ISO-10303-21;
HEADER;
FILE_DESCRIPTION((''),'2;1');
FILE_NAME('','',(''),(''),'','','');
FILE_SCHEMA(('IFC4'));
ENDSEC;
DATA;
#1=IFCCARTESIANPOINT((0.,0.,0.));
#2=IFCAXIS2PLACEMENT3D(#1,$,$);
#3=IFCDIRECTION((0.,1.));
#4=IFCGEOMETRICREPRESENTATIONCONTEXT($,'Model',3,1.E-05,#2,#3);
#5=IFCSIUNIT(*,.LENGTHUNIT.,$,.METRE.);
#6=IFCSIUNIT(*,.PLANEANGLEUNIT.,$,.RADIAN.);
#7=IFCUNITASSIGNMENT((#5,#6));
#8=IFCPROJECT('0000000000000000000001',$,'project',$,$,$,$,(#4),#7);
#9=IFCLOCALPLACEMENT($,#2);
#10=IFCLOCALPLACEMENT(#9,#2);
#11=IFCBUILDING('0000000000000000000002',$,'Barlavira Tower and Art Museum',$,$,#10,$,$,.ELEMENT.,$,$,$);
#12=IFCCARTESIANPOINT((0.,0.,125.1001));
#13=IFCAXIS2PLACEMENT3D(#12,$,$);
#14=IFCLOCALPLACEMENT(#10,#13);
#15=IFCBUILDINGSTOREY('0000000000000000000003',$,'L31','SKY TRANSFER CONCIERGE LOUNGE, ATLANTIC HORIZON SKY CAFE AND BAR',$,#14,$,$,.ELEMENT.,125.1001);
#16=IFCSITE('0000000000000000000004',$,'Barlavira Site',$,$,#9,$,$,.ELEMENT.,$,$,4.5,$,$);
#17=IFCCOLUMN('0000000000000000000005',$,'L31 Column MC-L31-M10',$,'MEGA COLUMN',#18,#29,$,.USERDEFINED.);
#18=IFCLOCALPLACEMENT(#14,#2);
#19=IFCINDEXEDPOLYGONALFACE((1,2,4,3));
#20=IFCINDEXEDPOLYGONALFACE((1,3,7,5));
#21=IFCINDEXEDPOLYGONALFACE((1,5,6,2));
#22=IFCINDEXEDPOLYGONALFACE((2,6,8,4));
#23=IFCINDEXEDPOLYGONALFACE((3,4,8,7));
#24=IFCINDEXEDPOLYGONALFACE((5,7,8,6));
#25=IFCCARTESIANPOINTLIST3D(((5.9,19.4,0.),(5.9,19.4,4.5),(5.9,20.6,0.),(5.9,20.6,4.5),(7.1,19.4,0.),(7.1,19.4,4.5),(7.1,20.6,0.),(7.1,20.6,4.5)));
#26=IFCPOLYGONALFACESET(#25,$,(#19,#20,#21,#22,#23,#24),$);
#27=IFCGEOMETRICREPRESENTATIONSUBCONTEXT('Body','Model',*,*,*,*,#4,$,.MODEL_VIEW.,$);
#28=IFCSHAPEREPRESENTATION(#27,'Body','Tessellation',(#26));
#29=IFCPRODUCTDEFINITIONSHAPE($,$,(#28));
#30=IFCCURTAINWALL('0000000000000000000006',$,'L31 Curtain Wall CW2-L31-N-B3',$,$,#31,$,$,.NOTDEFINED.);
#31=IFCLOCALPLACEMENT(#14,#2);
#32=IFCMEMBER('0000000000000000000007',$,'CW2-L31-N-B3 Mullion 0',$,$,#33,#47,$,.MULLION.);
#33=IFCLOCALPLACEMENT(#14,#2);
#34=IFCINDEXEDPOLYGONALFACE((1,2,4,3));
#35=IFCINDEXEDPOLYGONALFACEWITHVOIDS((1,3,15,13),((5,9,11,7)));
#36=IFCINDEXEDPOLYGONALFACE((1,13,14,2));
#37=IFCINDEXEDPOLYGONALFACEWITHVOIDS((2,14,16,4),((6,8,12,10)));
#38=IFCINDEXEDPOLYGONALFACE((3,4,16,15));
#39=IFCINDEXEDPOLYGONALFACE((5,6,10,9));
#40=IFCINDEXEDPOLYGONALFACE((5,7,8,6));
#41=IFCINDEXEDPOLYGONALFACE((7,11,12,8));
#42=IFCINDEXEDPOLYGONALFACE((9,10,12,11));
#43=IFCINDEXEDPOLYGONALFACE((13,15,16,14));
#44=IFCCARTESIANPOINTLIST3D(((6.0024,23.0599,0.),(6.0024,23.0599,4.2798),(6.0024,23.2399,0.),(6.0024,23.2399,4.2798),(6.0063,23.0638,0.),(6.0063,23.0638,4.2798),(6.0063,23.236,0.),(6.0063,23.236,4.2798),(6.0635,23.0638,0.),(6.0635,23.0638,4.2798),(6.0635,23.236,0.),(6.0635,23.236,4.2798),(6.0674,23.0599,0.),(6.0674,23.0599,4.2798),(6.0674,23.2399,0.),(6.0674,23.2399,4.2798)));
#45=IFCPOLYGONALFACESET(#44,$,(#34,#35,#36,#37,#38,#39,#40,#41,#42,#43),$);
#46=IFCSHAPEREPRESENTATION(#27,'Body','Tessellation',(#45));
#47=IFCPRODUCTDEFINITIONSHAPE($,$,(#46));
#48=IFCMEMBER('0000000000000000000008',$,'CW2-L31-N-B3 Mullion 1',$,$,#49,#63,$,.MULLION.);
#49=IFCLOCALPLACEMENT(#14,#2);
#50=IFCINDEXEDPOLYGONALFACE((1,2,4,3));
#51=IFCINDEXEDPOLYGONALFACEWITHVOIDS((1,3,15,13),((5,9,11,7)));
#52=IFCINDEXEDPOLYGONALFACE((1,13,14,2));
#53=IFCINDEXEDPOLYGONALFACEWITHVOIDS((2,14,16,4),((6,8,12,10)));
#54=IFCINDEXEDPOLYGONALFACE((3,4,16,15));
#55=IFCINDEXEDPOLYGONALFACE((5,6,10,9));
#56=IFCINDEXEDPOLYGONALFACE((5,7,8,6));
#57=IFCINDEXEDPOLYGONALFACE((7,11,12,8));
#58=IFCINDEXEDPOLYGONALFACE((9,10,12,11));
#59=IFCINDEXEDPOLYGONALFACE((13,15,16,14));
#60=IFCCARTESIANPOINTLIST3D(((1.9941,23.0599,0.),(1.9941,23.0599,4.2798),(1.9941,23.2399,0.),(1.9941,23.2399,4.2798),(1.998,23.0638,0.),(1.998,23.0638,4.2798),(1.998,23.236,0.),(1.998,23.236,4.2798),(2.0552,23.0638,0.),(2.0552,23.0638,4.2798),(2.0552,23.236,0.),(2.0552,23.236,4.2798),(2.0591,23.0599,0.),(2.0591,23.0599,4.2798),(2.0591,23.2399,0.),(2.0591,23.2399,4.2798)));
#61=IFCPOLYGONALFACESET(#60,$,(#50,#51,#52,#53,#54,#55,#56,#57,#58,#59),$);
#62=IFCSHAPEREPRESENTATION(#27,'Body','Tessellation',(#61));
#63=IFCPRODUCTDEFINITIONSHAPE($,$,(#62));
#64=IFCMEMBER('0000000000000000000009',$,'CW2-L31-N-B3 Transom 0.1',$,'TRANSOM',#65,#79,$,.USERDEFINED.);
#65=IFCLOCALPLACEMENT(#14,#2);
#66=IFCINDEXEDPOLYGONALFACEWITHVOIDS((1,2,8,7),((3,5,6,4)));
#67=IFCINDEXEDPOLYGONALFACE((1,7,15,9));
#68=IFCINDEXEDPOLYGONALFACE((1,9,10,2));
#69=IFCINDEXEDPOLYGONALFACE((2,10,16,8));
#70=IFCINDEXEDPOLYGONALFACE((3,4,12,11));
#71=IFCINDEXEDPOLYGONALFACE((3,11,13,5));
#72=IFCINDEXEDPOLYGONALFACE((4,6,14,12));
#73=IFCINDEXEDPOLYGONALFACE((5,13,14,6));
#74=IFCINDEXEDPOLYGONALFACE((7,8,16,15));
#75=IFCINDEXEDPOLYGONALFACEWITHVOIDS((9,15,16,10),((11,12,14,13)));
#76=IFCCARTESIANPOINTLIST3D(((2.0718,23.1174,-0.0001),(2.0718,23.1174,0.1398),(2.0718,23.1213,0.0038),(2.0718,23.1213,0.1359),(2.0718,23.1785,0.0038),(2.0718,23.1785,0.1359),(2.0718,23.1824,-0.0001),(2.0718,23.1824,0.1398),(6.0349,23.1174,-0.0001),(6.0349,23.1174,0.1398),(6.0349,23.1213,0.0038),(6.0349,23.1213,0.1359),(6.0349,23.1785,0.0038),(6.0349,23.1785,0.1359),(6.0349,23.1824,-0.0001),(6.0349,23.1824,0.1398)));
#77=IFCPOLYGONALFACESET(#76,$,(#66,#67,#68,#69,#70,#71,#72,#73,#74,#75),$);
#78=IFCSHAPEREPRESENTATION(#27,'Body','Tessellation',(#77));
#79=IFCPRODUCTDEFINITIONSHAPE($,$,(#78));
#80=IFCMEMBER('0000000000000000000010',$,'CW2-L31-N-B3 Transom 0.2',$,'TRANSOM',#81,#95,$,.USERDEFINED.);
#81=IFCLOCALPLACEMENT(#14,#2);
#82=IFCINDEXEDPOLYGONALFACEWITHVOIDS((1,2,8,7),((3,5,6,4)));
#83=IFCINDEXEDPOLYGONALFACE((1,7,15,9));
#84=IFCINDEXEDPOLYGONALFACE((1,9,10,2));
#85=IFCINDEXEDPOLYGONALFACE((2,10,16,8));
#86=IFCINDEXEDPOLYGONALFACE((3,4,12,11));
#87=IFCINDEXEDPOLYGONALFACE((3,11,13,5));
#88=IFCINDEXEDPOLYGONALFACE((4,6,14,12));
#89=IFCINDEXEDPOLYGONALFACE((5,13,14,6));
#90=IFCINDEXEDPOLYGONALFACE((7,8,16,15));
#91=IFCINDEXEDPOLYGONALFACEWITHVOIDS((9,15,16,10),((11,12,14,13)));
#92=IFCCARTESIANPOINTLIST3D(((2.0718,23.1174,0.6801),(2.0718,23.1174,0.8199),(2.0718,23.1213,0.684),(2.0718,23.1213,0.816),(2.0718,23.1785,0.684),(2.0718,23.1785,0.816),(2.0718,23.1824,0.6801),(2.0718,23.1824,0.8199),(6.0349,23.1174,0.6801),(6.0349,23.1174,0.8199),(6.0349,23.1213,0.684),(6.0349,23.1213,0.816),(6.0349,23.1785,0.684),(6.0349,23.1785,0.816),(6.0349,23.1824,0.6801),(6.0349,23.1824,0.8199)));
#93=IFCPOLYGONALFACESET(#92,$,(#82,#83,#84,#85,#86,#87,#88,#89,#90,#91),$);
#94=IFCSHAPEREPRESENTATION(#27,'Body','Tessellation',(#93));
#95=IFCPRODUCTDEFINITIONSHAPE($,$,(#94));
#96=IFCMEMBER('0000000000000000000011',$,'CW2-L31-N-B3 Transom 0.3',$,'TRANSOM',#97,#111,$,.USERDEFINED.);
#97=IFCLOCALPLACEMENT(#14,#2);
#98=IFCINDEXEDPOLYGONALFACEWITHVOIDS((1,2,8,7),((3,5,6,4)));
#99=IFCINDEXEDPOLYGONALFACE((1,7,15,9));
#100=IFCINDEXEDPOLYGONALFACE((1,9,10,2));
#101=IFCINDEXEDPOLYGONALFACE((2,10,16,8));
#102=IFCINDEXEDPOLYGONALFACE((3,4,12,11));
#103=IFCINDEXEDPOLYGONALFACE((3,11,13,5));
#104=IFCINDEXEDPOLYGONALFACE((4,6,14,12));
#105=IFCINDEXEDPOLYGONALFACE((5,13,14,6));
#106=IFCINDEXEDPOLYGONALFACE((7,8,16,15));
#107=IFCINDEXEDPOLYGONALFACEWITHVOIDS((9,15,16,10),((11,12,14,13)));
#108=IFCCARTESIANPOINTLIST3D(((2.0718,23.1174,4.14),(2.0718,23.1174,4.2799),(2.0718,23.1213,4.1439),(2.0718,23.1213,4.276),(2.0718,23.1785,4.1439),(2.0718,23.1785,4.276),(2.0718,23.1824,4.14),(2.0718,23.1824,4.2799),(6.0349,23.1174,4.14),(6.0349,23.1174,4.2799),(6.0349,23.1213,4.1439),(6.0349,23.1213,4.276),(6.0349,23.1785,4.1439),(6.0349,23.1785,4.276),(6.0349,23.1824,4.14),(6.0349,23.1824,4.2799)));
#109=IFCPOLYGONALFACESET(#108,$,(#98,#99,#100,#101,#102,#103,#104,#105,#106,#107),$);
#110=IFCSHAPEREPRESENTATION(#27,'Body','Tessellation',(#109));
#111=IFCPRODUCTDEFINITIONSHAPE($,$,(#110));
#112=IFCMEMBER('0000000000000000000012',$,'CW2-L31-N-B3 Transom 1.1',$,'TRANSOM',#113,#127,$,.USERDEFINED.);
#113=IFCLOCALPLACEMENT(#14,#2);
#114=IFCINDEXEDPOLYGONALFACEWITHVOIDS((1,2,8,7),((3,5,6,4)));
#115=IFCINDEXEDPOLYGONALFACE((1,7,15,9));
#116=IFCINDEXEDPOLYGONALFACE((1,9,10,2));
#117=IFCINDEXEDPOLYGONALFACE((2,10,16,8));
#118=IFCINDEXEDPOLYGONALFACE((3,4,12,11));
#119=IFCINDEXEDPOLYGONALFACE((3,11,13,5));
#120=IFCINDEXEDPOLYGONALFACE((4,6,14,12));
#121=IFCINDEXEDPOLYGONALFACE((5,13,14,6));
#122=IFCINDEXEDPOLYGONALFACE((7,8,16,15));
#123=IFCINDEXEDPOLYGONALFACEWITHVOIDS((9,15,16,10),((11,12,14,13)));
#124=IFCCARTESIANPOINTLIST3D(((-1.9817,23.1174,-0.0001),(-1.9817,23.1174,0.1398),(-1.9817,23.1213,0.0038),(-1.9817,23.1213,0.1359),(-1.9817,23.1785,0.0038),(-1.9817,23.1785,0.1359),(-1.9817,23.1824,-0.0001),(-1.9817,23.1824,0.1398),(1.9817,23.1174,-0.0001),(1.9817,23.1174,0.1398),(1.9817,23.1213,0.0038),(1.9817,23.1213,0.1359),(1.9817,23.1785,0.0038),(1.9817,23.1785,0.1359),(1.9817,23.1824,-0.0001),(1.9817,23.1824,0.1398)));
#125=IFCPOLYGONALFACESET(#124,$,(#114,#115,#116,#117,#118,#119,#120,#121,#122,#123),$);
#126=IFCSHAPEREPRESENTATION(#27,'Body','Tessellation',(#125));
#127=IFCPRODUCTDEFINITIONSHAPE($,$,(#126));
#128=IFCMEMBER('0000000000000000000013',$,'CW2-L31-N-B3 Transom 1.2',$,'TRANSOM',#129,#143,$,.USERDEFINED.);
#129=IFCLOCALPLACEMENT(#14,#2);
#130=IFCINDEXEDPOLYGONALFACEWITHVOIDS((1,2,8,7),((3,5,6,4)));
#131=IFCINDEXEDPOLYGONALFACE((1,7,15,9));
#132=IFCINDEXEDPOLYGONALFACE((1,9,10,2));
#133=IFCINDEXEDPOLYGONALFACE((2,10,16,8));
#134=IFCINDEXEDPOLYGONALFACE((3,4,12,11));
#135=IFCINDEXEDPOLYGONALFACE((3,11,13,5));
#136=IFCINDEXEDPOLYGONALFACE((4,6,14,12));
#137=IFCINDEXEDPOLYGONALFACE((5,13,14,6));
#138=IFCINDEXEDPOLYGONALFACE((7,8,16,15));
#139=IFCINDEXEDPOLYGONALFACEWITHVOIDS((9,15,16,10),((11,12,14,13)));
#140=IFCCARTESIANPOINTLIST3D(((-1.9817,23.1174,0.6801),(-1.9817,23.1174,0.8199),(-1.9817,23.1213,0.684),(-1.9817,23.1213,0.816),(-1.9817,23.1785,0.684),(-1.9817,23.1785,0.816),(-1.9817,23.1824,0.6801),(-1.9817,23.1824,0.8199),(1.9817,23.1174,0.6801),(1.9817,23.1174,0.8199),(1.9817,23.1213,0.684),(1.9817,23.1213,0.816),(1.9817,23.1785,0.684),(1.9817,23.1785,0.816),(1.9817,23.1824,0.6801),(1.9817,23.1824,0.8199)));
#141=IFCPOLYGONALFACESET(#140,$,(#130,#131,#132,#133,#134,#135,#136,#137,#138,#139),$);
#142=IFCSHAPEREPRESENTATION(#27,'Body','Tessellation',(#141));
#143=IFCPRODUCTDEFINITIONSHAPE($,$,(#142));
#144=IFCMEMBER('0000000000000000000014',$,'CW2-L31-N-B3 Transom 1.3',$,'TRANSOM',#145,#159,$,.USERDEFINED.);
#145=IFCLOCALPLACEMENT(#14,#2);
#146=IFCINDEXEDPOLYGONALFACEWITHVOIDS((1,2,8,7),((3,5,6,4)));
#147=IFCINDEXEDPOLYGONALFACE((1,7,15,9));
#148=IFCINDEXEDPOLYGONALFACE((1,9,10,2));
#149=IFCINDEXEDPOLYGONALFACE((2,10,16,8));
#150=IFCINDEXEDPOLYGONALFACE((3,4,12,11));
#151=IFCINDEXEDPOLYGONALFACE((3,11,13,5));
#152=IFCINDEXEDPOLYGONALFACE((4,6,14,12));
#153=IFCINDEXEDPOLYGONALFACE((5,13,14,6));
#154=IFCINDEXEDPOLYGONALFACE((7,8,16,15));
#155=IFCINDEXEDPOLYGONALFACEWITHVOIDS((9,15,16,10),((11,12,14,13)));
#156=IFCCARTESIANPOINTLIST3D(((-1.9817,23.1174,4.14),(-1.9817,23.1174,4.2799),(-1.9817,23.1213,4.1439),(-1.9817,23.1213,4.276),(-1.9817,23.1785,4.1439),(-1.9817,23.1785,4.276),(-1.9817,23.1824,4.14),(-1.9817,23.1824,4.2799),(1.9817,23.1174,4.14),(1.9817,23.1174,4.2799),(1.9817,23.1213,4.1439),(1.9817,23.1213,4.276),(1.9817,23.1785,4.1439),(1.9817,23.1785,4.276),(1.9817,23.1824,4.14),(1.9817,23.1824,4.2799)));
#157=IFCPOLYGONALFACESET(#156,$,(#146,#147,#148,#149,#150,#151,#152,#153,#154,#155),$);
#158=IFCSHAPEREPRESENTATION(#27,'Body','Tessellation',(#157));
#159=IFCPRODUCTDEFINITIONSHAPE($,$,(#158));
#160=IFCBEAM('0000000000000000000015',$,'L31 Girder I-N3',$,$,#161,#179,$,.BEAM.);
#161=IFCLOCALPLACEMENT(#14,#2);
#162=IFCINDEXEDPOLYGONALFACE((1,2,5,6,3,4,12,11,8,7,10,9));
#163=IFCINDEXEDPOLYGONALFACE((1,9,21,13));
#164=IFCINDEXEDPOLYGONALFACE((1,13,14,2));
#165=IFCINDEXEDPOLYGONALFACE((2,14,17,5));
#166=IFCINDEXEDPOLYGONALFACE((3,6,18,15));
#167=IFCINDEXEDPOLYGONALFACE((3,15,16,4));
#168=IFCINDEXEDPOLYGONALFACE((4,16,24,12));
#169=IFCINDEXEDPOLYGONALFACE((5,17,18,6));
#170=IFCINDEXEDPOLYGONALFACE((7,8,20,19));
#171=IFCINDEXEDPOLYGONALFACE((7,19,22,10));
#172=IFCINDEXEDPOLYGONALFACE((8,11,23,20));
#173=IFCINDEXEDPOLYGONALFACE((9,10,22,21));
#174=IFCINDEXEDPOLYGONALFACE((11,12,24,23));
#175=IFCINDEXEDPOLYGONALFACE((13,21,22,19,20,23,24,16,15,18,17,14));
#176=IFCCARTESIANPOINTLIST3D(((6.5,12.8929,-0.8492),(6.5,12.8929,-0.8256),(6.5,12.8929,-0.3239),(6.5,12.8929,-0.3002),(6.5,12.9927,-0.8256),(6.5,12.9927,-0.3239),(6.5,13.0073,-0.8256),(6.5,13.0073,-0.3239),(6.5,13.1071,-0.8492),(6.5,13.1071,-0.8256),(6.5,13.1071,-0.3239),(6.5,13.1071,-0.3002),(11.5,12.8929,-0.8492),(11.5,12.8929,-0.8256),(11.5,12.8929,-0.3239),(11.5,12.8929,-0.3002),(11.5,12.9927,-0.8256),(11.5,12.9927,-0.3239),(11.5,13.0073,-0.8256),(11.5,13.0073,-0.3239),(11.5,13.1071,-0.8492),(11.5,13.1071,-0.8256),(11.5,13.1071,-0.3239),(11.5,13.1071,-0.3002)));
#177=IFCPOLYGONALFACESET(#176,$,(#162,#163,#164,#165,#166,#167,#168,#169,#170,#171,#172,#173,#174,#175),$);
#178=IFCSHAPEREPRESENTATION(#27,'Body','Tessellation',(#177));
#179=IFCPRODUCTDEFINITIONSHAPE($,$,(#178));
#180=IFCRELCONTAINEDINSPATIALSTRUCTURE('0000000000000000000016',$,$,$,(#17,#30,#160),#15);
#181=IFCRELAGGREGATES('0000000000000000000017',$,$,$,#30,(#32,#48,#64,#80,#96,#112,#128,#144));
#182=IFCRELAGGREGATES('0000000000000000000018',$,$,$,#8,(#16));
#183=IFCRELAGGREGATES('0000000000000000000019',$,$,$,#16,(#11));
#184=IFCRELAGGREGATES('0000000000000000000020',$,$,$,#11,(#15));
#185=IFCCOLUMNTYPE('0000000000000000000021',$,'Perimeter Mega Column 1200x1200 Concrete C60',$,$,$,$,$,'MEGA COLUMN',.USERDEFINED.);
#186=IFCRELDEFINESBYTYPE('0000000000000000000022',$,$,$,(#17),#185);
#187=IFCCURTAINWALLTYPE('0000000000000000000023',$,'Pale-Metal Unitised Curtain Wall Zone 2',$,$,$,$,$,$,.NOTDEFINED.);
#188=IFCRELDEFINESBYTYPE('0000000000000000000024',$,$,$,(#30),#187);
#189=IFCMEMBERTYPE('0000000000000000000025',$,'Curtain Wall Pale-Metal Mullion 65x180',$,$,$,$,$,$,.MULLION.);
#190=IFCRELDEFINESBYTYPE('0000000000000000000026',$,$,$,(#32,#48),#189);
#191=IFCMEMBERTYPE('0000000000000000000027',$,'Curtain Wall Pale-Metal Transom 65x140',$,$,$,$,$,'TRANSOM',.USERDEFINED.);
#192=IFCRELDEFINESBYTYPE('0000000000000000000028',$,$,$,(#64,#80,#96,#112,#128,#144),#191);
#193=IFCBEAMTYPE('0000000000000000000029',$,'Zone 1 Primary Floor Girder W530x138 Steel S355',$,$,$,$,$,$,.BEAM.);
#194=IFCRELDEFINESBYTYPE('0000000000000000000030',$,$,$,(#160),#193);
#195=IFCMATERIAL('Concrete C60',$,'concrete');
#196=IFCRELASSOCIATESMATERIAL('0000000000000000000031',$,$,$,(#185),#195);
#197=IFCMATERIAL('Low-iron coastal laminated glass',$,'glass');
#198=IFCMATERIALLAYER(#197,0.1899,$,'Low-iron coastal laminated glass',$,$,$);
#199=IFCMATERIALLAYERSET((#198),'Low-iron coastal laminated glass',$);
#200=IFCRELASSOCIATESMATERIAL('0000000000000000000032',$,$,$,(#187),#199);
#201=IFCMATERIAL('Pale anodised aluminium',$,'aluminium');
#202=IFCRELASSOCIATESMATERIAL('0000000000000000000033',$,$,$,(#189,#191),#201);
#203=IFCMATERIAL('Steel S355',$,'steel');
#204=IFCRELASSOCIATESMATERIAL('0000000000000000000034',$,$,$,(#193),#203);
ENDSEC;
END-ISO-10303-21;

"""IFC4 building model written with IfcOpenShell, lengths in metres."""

from ifc_helpers import new_model, si_unit, direction, frame, origin, origin_2d, place, context, subcontext, project, spatial, rectangle, hollow_rectangle, i_section, extrude, material, layer, layer_set, material_profile, profile_set, type_object, element, aggregate, save


model = new_model("IFC4")

# Units and contexts
model_context = context("Model", 3, precision=1e-05, world=origin(), true_north=direction((0.0, 1.0)))
body_context = subcontext(model_context, "Body", "Model", "MODEL_VIEW")
ifc_project = project(units=[si_unit("LENGTHUNIT", "METRE"), si_unit("PLANEANGLEUNIT", "RADIAN")], contexts=[model_context])

# Site, building, storey
site_placement = place(None, origin())
site = spatial("IfcSite", under=ifc_project, at=site_placement, Name="Barlavira Site", CompositionType="ELEMENT", RefElevation=4.5)
building_placement = place(site_placement, origin())
building = spatial("IfcBuilding", under=site, at=building_placement, Name="Barlavira Tower and Art Museum", CompositionType="ELEMENT")
storey_placement = place(building_placement, frame((0.0, 0.0, 125.1001)))
storey = spatial("IfcBuildingStorey", under=building, at=storey_placement, Name="L31", Description="SKY TRANSFER CONCIERGE LOUNGE, ATLANTIC HORIZON SKY CAFE AND BAR", CompositionType="ELEMENT", Elevation=125.1001)

# Column
ifc_material_1 = material(Name="Concrete C60", Category="concrete")
ifc_material_profile_1 = material_profile(ifc_material_1, rectangle(XDim=1.2, YDim=1.2, at=origin_2d()), Name="RC-COL 1200x1200")
ifc_profile_set_1 = profile_set([ifc_material_profile_1], Name="Concrete C60")
column_type = type_object("IfcColumnType", Name="Perimeter Mega Column 1200x1200 Concrete C60", ElementType="MEGA COLUMN", PredefinedType="USERDEFINED", material=ifc_profile_set_1)
column_placement = place(storey_placement, frame((6.5, 20.0, 0.0), z_axis=(0.0, 0.0, 1.0), x_axis=(1.0, 0.0, 0.0)))
element("IfcColumn", 1, at=column_placement, inside=storey, type_object=column_type, Name="L31 Column MC-L31-M10", ObjectType="MEGA COLUMN", PredefinedType="USERDEFINED", context=body_context, shape_type="SweptSolid", body=[
    extrude(rectangle(XDim=1.2, YDim=1.2, at=origin_2d()), origin(), (0.0, 0.0, 1.0), 4.5),
])

# Curtain wall, members
ifc_material_2 = material(Name="Low-iron coastal laminated glass", Category="glass")
ifc_layer_1 = layer(ifc_material_2, 0.1899, Name="Low-iron coastal laminated glass")
ifc_layer_set_1 = layer_set([ifc_layer_1], Name="Low-iron coastal laminated glass")
curtain_wall_type = type_object("IfcCurtainWallType", Name="Pale-Metal Unitised Curtain Wall Zone 2", PredefinedType="NOTDEFINED", material=ifc_layer_set_1)
curtain_wall_placement = place(storey_placement, origin())
curtain_wall = element("IfcCurtainWall", 2, at=curtain_wall_placement, inside=storey, type_object=curtain_wall_type, Name="L31 Curtain Wall CW2-L31-N-B3", PredefinedType="NOTDEFINED")
ifc_material_3 = material(Name="Pale anodised aluminium", Category="aluminium")
ifc_material_profile_2 = material_profile(ifc_material_3, hollow_rectangle(XDim=0.0649, YDim=0.1799, WallThickness=0.0039, at=origin_2d()), Name="ALU-MULL 65x180x4")
ifc_profile_set_2 = profile_set([ifc_material_profile_2], Name="Pale anodised aluminium")
member_type_1 = type_object("IfcMemberType", Name="Curtain Wall Pale-Metal Mullion 65x180", PredefinedType="MULLION", material=ifc_profile_set_2)
member_1_placement = place(storey_placement, frame((6.0349, 23.1499, 0.0), z_axis=(0.0, 0.0, 1.0), x_axis=(-1.0, 0.0, 0.0)))
member_1 = element("IfcMember", 3, at=member_1_placement, type_object=member_type_1, Name="CW2-L31-N-B3 Mullion 0", PredefinedType="MULLION", context=body_context, shape_type="SweptSolid", body=[
    extrude(hollow_rectangle(XDim=0.0649, YDim=0.1799, WallThickness=0.0039, at=origin_2d()), origin(), (0.0, 0.0, 1.0), 4.2798),
])
member_2_placement = place(storey_placement, frame((2.0266, 23.1499, 0.0), z_axis=(0.0, 0.0, 1.0), x_axis=(-1.0, 0.0, 0.0)))
member_2 = element("IfcMember", 4, at=member_2_placement, type_object=member_type_1, Name="CW2-L31-N-B3 Mullion 1", PredefinedType="MULLION", context=body_context, shape_type="SweptSolid", body=[
    extrude(hollow_rectangle(XDim=0.0649, YDim=0.1799, WallThickness=0.0039, at=origin_2d()), origin(), (0.0, 0.0, 1.0), 4.2798),
])
ifc_material_profile_3 = material_profile(ifc_material_3, hollow_rectangle(XDim=0.0649, YDim=0.1399, WallThickness=0.0039, at=origin_2d()), Name="ALU-TRAN 65x140x4")
ifc_profile_set_3 = profile_set([ifc_material_profile_3], Name="Pale anodised aluminium")
member_type_2 = type_object("IfcMemberType", Name="Curtain Wall Pale-Metal Transom 65x140", ElementType="TRANSOM", PredefinedType="USERDEFINED", material=ifc_profile_set_3)
member_3_placement = place(storey_placement, frame((6.0349, 23.1499, 0.0698), z_axis=(-1.0, 0.0, 0.0), x_axis=(0.0, -1.0, 0.0)))
member_3 = element("IfcMember", 5, at=member_3_placement, type_object=member_type_2, Name="CW2-L31-N-B3 Transom 0.1", ObjectType="TRANSOM", PredefinedType="USERDEFINED", context=body_context, shape_type="SweptSolid", body=[
    extrude(hollow_rectangle(XDim=0.0649, YDim=0.1399, WallThickness=0.0039, at=origin_2d()), origin(), (0.0, 0.0, 1.0), 3.9631),
])
member_4_placement = place(storey_placement, frame((6.0349, 23.1499, 0.75), z_axis=(-1.0, 0.0, 0.0), x_axis=(0.0, -1.0, 0.0)))
member_4 = element("IfcMember", 6, at=member_4_placement, type_object=member_type_2, Name="CW2-L31-N-B3 Transom 0.2", ObjectType="TRANSOM", PredefinedType="USERDEFINED", context=body_context, shape_type="SweptSolid", body=[
    extrude(hollow_rectangle(XDim=0.0649, YDim=0.1399, WallThickness=0.0039, at=origin_2d()), origin(), (0.0, 0.0, 1.0), 3.9631),
])
member_5_placement = place(storey_placement, frame((6.0349, 23.1499, 4.21), z_axis=(-1.0, 0.0, 0.0), x_axis=(0.0, -1.0, 0.0)))
member_5 = element("IfcMember", 7, at=member_5_placement, type_object=member_type_2, Name="CW2-L31-N-B3 Transom 0.3", ObjectType="TRANSOM", PredefinedType="USERDEFINED", context=body_context, shape_type="SweptSolid", body=[
    extrude(hollow_rectangle(XDim=0.0649, YDim=0.1399, WallThickness=0.0039, at=origin_2d()), origin(), (0.0, 0.0, 1.0), 3.9631),
])
member_6_placement = place(storey_placement, frame((1.9817, 23.1499, 0.0698), z_axis=(-1.0, 0.0, 0.0), x_axis=(0.0, -1.0, 0.0)))
member_6 = element("IfcMember", 8, at=member_6_placement, type_object=member_type_2, Name="CW2-L31-N-B3 Transom 1.1", ObjectType="TRANSOM", PredefinedType="USERDEFINED", context=body_context, shape_type="SweptSolid", body=[
    extrude(hollow_rectangle(XDim=0.0649, YDim=0.1399, WallThickness=0.0039, at=origin_2d()), origin(), (0.0, 0.0, 1.0), 3.9634),
])
member_7_placement = place(storey_placement, frame((1.9817, 23.1499, 0.75), z_axis=(-1.0, 0.0, 0.0), x_axis=(0.0, -1.0, 0.0)))
member_7 = element("IfcMember", 9, at=member_7_placement, type_object=member_type_2, Name="CW2-L31-N-B3 Transom 1.2", ObjectType="TRANSOM", PredefinedType="USERDEFINED", context=body_context, shape_type="SweptSolid", body=[
    extrude(hollow_rectangle(XDim=0.0649, YDim=0.1399, WallThickness=0.0039, at=origin_2d()), origin(), (0.0, 0.0, 1.0), 3.9634),
])
member_8_placement = place(storey_placement, frame((1.9817, 23.1499, 4.21), z_axis=(-1.0, 0.0, 0.0), x_axis=(0.0, -1.0, 0.0)))
member_8 = element("IfcMember", 10, at=member_8_placement, type_object=member_type_2, Name="CW2-L31-N-B3 Transom 1.3", ObjectType="TRANSOM", PredefinedType="USERDEFINED", context=body_context, shape_type="SweptSolid", body=[
    extrude(hollow_rectangle(XDim=0.0649, YDim=0.1399, WallThickness=0.0039, at=origin_2d()), origin(), (0.0, 0.0, 1.0), 3.9634),
])

# Beam
ifc_material_4 = material(Name="Steel S355", Category="steel")
ifc_material_profile_4 = material_profile(ifc_material_4, i_section(OverallWidth=0.2141, OverallDepth=0.5491, WebThickness=0.0146, FlangeThickness=0.0237, at=origin_2d()), Name="W530x138.0")
ifc_profile_set_4 = profile_set([ifc_material_profile_4], Name="Steel S355")
beam_type = type_object("IfcBeamType", Name="Zone 1 Primary Floor Girder W530x138 Steel S355", PredefinedType="BEAM", material=ifc_profile_set_4)
beam_placement = place(storey_placement, frame((6.5, 13.0, -0.5747), z_axis=(1.0, 0.0, 0.0), x_axis=(0.0, 1.0, 0.0)))
element("IfcBeam", 11, at=beam_placement, inside=storey, type_object=beam_type, Name="L31 Girder I-N3", PredefinedType="BEAM", context=body_context, shape_type="SweptSolid", body=[
    extrude(i_section(OverallWidth=0.2141, OverallDepth=0.5491, WebThickness=0.0146, FlangeThickness=0.0237, at=origin_2d()), origin(), (0.0, 0.0, 1.0), 5.0),
])

aggregate(curtain_wall, [member_1, member_2, member_3, member_4, member_5, member_6, member_7, member_8])

save(model, "model.ifc")
